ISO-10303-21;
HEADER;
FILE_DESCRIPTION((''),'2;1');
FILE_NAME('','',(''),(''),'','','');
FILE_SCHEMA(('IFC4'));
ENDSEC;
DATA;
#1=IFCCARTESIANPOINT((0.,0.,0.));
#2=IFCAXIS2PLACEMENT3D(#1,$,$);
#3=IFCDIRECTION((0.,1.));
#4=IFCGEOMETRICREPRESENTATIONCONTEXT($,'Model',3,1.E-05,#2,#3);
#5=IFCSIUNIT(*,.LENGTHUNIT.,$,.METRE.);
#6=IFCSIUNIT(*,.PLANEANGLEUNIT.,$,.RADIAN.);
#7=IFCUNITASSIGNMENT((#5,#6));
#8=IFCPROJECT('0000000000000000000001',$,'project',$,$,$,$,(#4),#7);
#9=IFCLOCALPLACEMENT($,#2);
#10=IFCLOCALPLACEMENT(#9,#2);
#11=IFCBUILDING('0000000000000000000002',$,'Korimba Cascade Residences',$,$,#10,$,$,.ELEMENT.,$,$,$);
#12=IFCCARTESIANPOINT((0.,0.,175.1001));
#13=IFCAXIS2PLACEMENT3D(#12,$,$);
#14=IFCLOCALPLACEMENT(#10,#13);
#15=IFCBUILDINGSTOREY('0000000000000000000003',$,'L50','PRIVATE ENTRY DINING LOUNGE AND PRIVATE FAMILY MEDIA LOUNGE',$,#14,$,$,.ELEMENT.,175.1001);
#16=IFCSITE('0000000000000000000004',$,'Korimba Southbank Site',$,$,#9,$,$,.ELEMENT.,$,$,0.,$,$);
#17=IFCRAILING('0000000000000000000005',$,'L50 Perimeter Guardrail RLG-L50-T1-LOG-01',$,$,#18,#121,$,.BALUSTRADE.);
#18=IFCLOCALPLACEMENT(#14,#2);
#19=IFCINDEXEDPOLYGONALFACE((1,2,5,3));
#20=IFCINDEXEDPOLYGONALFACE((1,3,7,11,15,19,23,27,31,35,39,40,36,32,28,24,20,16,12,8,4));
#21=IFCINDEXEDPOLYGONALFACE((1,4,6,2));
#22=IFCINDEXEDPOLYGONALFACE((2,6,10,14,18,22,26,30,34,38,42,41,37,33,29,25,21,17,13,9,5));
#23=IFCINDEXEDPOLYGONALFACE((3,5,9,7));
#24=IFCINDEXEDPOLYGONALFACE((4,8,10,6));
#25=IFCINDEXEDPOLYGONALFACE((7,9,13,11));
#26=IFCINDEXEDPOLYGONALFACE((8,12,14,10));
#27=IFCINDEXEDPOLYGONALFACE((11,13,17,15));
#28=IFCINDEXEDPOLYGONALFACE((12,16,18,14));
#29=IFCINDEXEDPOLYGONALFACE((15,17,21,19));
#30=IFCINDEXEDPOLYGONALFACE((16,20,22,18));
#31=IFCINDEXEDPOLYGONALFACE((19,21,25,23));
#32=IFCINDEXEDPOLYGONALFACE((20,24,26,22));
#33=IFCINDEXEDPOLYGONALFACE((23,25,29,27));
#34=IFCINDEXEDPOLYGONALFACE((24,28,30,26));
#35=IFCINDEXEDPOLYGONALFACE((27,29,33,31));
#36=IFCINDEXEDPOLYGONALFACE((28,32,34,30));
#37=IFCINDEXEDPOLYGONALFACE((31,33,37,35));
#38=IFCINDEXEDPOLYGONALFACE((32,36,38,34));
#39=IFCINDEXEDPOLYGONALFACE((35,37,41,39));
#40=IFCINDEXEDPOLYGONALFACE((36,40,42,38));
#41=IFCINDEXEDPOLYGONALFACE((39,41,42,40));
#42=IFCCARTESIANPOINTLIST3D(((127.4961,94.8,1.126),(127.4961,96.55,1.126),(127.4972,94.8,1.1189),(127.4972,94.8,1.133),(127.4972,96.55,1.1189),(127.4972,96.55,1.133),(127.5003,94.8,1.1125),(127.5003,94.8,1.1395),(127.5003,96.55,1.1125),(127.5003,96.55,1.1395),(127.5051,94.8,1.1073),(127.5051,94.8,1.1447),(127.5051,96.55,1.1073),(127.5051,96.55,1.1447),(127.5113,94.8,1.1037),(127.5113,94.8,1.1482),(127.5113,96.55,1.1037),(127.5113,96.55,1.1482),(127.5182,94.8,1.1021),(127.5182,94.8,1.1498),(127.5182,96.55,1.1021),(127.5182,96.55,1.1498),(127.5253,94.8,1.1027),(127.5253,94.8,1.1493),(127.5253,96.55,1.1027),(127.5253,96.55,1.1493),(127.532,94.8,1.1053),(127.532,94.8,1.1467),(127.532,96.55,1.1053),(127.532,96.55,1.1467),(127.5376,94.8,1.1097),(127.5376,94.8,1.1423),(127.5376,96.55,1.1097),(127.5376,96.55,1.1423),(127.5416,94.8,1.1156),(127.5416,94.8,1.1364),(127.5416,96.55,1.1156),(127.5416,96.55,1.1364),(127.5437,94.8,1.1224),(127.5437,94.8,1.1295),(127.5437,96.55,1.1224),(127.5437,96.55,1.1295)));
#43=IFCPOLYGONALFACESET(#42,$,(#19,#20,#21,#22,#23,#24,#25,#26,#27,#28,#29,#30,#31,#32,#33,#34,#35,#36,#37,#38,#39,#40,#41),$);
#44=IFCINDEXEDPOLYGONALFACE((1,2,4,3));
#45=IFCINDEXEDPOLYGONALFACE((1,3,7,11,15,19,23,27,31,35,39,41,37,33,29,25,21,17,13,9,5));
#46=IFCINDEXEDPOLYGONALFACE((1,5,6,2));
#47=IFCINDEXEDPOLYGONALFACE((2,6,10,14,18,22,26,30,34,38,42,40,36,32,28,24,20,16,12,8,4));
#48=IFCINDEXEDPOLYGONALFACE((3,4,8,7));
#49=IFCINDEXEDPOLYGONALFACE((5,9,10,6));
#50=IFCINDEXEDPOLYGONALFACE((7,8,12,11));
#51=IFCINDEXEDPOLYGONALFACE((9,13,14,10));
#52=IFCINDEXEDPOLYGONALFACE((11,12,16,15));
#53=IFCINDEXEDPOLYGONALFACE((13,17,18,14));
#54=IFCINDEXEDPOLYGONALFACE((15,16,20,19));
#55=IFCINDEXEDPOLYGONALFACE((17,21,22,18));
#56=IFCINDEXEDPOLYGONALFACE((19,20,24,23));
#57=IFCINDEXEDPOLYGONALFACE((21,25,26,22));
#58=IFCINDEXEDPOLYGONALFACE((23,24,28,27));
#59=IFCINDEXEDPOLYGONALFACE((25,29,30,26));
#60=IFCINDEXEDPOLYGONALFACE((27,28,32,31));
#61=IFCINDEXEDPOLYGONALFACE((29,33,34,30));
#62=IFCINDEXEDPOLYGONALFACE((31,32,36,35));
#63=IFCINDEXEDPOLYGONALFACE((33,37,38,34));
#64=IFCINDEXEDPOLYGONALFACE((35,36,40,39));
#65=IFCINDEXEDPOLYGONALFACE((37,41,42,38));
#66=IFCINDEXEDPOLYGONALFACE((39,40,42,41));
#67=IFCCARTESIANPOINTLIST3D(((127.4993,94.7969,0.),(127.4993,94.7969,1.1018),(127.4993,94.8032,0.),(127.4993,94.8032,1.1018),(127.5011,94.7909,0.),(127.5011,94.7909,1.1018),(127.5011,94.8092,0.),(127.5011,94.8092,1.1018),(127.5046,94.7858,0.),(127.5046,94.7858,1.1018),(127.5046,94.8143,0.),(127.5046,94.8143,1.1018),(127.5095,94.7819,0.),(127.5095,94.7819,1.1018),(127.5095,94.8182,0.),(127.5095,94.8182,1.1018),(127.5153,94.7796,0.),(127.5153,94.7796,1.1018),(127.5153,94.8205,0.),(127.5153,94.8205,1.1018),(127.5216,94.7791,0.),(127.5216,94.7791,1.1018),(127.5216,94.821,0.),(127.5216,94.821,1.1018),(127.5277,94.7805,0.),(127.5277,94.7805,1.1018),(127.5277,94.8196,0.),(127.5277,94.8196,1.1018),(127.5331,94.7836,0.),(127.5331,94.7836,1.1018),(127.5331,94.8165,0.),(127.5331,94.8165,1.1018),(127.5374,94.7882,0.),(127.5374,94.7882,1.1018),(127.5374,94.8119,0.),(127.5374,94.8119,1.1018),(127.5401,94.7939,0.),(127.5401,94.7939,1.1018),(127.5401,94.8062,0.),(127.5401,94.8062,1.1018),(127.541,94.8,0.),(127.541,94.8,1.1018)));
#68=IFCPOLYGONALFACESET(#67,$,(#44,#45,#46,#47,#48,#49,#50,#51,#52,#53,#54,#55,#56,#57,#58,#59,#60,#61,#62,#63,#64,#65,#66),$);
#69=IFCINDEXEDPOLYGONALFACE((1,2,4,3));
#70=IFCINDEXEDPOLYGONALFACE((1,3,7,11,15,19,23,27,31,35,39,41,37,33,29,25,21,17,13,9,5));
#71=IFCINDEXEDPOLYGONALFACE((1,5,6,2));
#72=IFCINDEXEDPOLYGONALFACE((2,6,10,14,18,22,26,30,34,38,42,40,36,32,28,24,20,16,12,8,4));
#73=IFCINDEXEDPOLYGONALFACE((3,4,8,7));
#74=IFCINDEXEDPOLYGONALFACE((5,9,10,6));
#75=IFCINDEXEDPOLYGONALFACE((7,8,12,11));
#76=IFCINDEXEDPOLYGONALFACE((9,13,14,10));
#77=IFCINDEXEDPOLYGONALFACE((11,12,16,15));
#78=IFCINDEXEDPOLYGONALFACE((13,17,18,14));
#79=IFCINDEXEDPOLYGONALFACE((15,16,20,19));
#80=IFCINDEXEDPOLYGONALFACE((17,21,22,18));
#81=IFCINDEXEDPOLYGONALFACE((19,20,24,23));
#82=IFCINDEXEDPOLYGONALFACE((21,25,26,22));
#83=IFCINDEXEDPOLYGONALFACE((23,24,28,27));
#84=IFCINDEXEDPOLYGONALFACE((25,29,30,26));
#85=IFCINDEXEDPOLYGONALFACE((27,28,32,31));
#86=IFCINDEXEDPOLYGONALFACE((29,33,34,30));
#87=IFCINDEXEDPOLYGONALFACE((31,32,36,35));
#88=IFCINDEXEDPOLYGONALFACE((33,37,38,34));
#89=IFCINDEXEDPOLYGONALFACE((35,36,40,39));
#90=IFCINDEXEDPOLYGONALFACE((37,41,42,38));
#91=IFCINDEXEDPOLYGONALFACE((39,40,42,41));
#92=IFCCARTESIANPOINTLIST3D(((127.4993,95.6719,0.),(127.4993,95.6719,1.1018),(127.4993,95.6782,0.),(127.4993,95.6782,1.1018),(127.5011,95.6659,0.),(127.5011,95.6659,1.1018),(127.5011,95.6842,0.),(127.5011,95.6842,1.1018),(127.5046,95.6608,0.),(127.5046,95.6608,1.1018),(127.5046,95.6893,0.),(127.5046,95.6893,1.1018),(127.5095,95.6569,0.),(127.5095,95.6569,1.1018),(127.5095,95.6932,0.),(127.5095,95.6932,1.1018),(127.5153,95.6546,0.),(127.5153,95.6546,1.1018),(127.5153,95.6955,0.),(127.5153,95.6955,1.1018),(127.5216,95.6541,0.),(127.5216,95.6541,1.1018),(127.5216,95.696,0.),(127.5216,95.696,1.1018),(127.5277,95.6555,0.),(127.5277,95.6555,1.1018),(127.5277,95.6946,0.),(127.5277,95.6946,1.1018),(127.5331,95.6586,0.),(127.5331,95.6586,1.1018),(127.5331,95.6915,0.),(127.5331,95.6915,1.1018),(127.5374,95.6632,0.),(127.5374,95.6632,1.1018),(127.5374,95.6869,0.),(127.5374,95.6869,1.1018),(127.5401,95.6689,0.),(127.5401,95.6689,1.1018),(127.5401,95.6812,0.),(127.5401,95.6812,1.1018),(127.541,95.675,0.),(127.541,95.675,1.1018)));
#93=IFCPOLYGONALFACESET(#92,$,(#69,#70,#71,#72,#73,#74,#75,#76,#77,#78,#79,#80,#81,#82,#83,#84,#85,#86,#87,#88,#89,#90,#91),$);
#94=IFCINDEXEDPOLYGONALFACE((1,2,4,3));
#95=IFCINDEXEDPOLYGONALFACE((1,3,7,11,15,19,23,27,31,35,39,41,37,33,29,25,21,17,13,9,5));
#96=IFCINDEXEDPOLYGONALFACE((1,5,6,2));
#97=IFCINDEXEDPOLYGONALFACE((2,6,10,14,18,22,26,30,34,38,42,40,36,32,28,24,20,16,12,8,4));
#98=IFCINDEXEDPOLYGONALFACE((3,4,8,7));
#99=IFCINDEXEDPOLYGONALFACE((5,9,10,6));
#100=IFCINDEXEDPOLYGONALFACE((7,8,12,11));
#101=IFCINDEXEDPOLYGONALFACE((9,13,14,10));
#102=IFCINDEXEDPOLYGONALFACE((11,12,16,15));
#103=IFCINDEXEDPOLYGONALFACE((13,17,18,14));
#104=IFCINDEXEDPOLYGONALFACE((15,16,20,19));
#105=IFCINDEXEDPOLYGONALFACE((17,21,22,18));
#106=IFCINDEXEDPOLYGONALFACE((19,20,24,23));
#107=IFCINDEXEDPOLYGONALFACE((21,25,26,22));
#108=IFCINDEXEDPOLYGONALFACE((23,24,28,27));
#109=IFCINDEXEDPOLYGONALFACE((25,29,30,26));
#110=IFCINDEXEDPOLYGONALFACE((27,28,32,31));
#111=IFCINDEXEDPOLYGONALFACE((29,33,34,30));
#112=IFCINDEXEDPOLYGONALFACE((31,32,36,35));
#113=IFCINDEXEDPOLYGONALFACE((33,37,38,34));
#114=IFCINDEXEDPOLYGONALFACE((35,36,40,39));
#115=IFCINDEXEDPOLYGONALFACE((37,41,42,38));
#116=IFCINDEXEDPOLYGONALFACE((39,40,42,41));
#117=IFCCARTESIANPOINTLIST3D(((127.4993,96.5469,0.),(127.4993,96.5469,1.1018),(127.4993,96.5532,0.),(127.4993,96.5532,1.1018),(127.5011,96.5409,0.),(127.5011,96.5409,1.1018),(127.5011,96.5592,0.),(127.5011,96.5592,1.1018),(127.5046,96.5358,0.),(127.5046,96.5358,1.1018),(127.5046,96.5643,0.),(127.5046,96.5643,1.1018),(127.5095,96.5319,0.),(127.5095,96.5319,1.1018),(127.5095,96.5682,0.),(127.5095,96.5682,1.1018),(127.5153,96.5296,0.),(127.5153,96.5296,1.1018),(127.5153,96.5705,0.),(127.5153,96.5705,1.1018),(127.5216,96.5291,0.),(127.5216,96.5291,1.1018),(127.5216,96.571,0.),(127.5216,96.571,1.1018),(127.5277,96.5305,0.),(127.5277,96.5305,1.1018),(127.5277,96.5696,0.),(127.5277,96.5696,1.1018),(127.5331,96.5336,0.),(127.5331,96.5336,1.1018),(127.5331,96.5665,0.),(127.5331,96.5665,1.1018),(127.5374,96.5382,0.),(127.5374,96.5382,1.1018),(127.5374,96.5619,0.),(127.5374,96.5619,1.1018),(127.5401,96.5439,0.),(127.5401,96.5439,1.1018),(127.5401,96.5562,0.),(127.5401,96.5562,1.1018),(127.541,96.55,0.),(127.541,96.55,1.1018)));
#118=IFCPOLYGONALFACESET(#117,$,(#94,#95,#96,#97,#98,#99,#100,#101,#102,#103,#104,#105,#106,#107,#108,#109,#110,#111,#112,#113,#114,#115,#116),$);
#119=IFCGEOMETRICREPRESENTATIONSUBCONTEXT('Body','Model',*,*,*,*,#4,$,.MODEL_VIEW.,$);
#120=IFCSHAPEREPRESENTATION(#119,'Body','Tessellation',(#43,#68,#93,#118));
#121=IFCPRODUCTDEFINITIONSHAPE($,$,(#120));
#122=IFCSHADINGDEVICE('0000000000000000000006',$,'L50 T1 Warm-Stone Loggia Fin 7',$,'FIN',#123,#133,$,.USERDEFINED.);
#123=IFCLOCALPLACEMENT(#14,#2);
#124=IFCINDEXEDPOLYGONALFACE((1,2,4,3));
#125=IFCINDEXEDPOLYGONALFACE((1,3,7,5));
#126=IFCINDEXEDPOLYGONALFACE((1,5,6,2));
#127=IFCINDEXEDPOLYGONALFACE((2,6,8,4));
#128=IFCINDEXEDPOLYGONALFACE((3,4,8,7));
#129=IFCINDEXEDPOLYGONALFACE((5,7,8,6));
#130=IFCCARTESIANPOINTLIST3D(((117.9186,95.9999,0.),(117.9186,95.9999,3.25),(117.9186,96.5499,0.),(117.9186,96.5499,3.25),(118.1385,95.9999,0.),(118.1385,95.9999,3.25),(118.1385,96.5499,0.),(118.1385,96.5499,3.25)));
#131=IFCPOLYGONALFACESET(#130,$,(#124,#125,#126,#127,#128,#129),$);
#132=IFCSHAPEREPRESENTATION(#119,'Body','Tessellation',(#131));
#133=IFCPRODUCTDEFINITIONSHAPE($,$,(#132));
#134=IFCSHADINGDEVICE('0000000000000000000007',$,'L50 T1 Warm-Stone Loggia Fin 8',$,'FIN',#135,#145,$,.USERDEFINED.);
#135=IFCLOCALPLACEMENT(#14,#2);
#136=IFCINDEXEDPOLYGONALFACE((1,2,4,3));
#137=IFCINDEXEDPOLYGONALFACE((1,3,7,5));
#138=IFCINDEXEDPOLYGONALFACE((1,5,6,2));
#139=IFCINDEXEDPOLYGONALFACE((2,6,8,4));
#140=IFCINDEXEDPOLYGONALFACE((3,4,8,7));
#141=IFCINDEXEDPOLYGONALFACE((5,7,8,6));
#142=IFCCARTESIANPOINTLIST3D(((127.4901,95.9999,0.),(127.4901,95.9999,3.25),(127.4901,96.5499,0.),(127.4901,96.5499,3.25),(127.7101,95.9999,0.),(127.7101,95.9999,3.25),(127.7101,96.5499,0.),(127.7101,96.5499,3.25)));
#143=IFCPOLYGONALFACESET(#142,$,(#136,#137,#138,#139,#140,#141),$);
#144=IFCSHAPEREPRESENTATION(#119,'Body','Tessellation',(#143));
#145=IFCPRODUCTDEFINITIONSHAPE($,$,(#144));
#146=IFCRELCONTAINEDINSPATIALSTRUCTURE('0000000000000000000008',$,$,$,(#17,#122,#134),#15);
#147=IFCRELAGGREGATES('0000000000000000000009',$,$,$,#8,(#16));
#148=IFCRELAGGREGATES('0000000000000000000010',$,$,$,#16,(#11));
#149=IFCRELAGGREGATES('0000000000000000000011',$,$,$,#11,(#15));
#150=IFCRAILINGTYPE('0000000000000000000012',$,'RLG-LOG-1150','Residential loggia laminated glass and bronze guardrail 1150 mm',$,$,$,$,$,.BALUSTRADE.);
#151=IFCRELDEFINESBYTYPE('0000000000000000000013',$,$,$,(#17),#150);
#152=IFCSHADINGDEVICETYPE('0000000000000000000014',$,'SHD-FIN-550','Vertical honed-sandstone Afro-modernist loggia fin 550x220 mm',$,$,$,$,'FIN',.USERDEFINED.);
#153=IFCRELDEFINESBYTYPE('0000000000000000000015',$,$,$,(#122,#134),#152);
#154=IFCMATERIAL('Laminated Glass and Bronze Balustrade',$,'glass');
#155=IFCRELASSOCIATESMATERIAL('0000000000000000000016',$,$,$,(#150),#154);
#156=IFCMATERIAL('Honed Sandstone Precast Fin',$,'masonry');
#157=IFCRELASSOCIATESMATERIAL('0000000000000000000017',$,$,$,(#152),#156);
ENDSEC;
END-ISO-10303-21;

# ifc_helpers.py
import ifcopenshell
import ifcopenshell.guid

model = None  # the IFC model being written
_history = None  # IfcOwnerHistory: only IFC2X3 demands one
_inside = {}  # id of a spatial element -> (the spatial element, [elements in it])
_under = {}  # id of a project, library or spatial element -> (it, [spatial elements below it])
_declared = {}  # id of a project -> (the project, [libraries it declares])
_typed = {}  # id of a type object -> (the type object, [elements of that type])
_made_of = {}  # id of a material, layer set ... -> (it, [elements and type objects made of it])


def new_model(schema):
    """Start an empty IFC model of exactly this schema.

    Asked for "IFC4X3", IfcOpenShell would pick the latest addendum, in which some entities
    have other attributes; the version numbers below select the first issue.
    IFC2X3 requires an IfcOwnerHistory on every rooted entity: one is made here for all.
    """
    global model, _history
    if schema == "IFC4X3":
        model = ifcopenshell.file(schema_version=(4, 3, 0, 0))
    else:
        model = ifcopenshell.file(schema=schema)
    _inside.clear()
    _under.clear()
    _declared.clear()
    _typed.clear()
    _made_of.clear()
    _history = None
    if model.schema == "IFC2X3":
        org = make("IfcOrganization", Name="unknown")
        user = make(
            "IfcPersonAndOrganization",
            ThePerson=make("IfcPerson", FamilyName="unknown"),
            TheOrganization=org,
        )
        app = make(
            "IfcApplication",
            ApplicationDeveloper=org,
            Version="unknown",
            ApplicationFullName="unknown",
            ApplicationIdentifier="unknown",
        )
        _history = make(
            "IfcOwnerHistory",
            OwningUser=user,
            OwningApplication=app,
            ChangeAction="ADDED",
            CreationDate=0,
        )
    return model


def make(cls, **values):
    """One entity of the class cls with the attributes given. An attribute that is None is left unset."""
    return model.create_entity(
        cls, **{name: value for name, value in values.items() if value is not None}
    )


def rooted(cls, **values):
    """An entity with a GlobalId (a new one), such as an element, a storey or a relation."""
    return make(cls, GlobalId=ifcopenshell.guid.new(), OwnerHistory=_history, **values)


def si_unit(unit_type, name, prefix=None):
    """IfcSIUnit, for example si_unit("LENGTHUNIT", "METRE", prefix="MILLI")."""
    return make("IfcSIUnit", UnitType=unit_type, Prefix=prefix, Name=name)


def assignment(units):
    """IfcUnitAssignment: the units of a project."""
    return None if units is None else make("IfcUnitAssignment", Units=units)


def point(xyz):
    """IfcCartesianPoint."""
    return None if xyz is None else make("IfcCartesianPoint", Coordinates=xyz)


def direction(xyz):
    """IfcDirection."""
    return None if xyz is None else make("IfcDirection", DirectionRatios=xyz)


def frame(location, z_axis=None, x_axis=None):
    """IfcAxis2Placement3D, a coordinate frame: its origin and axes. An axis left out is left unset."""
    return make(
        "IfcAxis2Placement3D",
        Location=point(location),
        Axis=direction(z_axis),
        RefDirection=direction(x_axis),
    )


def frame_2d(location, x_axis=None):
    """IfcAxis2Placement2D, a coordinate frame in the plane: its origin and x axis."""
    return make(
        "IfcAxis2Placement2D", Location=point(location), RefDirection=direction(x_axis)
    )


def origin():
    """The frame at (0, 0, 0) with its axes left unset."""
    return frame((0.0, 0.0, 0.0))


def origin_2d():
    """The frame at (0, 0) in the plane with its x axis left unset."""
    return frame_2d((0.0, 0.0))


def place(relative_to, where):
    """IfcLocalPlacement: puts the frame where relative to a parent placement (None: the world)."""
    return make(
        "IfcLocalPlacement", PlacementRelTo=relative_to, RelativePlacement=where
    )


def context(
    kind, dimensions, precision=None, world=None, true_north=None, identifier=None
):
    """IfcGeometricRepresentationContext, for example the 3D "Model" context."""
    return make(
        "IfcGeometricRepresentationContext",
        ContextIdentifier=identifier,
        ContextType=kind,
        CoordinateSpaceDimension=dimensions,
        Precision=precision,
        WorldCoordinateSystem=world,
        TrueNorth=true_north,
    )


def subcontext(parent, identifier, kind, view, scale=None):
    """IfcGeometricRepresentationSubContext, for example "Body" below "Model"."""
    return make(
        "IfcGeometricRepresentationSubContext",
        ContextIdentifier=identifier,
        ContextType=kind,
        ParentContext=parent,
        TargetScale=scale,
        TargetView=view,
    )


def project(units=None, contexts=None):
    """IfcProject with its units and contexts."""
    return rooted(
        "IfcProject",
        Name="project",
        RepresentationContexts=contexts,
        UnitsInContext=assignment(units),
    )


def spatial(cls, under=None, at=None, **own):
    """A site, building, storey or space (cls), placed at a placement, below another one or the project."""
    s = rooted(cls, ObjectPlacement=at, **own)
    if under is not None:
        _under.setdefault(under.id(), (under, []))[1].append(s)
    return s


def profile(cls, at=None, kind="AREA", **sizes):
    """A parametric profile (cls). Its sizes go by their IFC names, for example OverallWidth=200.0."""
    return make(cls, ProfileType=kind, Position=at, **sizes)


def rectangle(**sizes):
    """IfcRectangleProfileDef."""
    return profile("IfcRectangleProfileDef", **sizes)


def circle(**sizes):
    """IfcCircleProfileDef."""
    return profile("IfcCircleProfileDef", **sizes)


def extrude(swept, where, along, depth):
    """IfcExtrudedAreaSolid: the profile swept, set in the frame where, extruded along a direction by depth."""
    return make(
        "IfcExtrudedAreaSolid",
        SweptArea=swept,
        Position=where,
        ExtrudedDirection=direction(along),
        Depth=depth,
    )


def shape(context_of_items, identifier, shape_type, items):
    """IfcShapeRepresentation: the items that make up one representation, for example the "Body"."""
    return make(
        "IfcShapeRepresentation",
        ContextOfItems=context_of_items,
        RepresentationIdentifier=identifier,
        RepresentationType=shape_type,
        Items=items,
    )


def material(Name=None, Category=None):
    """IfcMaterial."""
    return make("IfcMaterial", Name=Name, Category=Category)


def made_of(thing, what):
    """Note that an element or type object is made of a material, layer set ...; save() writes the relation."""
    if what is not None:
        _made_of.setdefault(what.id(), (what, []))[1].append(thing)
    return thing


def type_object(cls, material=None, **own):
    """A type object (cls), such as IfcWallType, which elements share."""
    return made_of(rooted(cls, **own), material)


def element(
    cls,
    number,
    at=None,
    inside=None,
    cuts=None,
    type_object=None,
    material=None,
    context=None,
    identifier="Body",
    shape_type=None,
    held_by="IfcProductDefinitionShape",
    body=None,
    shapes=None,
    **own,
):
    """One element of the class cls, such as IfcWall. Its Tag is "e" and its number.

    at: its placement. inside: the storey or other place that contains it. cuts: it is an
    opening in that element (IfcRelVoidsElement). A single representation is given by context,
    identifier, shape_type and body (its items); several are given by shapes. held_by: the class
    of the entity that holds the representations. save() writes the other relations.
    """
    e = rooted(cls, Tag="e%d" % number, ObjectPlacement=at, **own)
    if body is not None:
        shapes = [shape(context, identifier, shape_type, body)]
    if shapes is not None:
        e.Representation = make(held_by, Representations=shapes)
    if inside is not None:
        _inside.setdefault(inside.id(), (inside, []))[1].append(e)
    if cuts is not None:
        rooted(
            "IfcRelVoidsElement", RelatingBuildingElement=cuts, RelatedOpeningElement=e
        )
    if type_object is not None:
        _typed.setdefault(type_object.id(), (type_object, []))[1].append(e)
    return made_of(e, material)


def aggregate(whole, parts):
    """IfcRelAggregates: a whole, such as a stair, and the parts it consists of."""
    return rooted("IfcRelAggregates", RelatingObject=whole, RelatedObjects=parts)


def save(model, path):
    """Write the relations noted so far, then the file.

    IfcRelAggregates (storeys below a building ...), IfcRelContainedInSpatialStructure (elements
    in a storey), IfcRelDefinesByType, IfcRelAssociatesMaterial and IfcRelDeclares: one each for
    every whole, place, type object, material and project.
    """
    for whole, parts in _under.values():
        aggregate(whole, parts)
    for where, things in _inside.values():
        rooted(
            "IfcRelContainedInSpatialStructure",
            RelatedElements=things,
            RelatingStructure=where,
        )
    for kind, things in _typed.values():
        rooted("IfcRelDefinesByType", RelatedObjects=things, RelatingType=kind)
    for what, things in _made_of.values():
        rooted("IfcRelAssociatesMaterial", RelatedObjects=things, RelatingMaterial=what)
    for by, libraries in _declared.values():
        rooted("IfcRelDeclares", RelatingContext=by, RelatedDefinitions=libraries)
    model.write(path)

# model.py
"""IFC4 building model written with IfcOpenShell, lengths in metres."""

from ifc_helpers import new_model, si_unit, direction, frame, origin, origin_2d, place, context, subcontext, project, spatial, rectangle, circle, extrude, material, type_object, element, save


model = new_model("IFC4")

# Units and contexts
model_context = context("Model", 3, precision=1e-05, world=origin(), true_north=direction((0.0, 1.0)))
body_context = subcontext(model_context, "Body", "Model", "MODEL_VIEW")
ifc_project = project(units=[si_unit("LENGTHUNIT", "METRE"), si_unit("PLANEANGLEUNIT", "RADIAN")], contexts=[model_context])

# Site, building, storey
site_placement = place(None, origin())
site = spatial("IfcSite", under=ifc_project, at=site_placement, Name="Korimba Southbank Site", CompositionType="ELEMENT", RefElevation=0.0)
building_placement = place(site_placement, origin())
building = spatial("IfcBuilding", under=site, at=building_placement, Name="Korimba Cascade Residences", CompositionType="ELEMENT")
storey_placement = place(building_placement, frame((0.0, 0.0, 175.1001)))
storey = spatial("IfcBuildingStorey", under=building, at=storey_placement, Name="L50", Description="PRIVATE ENTRY DINING LOUNGE AND PRIVATE FAMILY MEDIA LOUNGE", CompositionType="ELEMENT", Elevation=175.1001)

# Railing
ifc_material_1 = material(Name="Laminated Glass and Bronze Balustrade", Category="glass")
railing_type = type_object("IfcRailingType", Name="RLG-LOG-1150", Description="Residential loggia laminated glass and bronze guardrail 1150 mm", PredefinedType="BALUSTRADE", material=ifc_material_1)
railing_placement = place(storey_placement, frame((127.52, 94.8, 0.0)))
element("IfcRailing", 1, at=railing_placement, inside=storey, type_object=railing_type, Name="L50 Perimeter Guardrail RLG-L50-T1-LOG-01", PredefinedType="BALUSTRADE", context=body_context, shape_type="SweptSolid", body=[
    extrude(circle(Radius=0.0239, at=origin_2d()), frame((0.0, 0.0, 1.126), z_axis=(0.0, 1.0, 0.0), x_axis=(-1.0, 0.0, 0.0)), (0.0, 0.0, 1.0), 1.75),
    extrude(circle(Radius=0.021, at=origin_2d()), origin(), (0.0, 0.0, 1.0), 1.1018),
    extrude(circle(Radius=0.021, at=origin_2d()), frame((0.0, 0.875, 0.0)), (0.0, 0.0, 1.0), 1.1018),
    extrude(circle(Radius=0.021, at=origin_2d()), frame((0.0, 1.75, 0.0)), (0.0, 0.0, 1.0), 1.1018),
])

# Shading devices
ifc_material_2 = material(Name="Honed Sandstone Precast Fin", Category="masonry")
shading_device_type = type_object("IfcShadingDeviceType", Name="SHD-FIN-550", Description="Vertical honed-sandstone Afro-modernist loggia fin 550x220 mm", ElementType="FIN", PredefinedType="USERDEFINED", material=ifc_material_2)
for number, where, z_axis, x_axis, name in (
    (2, (118.0286, 96.2749, 0.0), (0.0, 0.0, 1.0), (1.0, 0.0, 0.0), "L50 T1 Warm-Stone Loggia Fin 7"),
    (3, (127.6001, 96.2749, 0.0), (0.0, 0.0, 1.0), (1.0, 0.0, 0.0), "L50 T1 Warm-Stone Loggia Fin 8"),
):
    element("IfcShadingDevice", number, at=place(storey_placement, frame(where, z_axis=z_axis, x_axis=x_axis)), inside=storey, type_object=shading_device_type, Name=name, ObjectType="FIN", PredefinedType="USERDEFINED", context=body_context, shape_type="SweptSolid", body=[
        extrude(rectangle(XDim=0.22, YDim=0.55, at=origin_2d()), origin(), (0.0, 0.0, 1.0), 3.25),
    ])

save(model, "model.ifc")
